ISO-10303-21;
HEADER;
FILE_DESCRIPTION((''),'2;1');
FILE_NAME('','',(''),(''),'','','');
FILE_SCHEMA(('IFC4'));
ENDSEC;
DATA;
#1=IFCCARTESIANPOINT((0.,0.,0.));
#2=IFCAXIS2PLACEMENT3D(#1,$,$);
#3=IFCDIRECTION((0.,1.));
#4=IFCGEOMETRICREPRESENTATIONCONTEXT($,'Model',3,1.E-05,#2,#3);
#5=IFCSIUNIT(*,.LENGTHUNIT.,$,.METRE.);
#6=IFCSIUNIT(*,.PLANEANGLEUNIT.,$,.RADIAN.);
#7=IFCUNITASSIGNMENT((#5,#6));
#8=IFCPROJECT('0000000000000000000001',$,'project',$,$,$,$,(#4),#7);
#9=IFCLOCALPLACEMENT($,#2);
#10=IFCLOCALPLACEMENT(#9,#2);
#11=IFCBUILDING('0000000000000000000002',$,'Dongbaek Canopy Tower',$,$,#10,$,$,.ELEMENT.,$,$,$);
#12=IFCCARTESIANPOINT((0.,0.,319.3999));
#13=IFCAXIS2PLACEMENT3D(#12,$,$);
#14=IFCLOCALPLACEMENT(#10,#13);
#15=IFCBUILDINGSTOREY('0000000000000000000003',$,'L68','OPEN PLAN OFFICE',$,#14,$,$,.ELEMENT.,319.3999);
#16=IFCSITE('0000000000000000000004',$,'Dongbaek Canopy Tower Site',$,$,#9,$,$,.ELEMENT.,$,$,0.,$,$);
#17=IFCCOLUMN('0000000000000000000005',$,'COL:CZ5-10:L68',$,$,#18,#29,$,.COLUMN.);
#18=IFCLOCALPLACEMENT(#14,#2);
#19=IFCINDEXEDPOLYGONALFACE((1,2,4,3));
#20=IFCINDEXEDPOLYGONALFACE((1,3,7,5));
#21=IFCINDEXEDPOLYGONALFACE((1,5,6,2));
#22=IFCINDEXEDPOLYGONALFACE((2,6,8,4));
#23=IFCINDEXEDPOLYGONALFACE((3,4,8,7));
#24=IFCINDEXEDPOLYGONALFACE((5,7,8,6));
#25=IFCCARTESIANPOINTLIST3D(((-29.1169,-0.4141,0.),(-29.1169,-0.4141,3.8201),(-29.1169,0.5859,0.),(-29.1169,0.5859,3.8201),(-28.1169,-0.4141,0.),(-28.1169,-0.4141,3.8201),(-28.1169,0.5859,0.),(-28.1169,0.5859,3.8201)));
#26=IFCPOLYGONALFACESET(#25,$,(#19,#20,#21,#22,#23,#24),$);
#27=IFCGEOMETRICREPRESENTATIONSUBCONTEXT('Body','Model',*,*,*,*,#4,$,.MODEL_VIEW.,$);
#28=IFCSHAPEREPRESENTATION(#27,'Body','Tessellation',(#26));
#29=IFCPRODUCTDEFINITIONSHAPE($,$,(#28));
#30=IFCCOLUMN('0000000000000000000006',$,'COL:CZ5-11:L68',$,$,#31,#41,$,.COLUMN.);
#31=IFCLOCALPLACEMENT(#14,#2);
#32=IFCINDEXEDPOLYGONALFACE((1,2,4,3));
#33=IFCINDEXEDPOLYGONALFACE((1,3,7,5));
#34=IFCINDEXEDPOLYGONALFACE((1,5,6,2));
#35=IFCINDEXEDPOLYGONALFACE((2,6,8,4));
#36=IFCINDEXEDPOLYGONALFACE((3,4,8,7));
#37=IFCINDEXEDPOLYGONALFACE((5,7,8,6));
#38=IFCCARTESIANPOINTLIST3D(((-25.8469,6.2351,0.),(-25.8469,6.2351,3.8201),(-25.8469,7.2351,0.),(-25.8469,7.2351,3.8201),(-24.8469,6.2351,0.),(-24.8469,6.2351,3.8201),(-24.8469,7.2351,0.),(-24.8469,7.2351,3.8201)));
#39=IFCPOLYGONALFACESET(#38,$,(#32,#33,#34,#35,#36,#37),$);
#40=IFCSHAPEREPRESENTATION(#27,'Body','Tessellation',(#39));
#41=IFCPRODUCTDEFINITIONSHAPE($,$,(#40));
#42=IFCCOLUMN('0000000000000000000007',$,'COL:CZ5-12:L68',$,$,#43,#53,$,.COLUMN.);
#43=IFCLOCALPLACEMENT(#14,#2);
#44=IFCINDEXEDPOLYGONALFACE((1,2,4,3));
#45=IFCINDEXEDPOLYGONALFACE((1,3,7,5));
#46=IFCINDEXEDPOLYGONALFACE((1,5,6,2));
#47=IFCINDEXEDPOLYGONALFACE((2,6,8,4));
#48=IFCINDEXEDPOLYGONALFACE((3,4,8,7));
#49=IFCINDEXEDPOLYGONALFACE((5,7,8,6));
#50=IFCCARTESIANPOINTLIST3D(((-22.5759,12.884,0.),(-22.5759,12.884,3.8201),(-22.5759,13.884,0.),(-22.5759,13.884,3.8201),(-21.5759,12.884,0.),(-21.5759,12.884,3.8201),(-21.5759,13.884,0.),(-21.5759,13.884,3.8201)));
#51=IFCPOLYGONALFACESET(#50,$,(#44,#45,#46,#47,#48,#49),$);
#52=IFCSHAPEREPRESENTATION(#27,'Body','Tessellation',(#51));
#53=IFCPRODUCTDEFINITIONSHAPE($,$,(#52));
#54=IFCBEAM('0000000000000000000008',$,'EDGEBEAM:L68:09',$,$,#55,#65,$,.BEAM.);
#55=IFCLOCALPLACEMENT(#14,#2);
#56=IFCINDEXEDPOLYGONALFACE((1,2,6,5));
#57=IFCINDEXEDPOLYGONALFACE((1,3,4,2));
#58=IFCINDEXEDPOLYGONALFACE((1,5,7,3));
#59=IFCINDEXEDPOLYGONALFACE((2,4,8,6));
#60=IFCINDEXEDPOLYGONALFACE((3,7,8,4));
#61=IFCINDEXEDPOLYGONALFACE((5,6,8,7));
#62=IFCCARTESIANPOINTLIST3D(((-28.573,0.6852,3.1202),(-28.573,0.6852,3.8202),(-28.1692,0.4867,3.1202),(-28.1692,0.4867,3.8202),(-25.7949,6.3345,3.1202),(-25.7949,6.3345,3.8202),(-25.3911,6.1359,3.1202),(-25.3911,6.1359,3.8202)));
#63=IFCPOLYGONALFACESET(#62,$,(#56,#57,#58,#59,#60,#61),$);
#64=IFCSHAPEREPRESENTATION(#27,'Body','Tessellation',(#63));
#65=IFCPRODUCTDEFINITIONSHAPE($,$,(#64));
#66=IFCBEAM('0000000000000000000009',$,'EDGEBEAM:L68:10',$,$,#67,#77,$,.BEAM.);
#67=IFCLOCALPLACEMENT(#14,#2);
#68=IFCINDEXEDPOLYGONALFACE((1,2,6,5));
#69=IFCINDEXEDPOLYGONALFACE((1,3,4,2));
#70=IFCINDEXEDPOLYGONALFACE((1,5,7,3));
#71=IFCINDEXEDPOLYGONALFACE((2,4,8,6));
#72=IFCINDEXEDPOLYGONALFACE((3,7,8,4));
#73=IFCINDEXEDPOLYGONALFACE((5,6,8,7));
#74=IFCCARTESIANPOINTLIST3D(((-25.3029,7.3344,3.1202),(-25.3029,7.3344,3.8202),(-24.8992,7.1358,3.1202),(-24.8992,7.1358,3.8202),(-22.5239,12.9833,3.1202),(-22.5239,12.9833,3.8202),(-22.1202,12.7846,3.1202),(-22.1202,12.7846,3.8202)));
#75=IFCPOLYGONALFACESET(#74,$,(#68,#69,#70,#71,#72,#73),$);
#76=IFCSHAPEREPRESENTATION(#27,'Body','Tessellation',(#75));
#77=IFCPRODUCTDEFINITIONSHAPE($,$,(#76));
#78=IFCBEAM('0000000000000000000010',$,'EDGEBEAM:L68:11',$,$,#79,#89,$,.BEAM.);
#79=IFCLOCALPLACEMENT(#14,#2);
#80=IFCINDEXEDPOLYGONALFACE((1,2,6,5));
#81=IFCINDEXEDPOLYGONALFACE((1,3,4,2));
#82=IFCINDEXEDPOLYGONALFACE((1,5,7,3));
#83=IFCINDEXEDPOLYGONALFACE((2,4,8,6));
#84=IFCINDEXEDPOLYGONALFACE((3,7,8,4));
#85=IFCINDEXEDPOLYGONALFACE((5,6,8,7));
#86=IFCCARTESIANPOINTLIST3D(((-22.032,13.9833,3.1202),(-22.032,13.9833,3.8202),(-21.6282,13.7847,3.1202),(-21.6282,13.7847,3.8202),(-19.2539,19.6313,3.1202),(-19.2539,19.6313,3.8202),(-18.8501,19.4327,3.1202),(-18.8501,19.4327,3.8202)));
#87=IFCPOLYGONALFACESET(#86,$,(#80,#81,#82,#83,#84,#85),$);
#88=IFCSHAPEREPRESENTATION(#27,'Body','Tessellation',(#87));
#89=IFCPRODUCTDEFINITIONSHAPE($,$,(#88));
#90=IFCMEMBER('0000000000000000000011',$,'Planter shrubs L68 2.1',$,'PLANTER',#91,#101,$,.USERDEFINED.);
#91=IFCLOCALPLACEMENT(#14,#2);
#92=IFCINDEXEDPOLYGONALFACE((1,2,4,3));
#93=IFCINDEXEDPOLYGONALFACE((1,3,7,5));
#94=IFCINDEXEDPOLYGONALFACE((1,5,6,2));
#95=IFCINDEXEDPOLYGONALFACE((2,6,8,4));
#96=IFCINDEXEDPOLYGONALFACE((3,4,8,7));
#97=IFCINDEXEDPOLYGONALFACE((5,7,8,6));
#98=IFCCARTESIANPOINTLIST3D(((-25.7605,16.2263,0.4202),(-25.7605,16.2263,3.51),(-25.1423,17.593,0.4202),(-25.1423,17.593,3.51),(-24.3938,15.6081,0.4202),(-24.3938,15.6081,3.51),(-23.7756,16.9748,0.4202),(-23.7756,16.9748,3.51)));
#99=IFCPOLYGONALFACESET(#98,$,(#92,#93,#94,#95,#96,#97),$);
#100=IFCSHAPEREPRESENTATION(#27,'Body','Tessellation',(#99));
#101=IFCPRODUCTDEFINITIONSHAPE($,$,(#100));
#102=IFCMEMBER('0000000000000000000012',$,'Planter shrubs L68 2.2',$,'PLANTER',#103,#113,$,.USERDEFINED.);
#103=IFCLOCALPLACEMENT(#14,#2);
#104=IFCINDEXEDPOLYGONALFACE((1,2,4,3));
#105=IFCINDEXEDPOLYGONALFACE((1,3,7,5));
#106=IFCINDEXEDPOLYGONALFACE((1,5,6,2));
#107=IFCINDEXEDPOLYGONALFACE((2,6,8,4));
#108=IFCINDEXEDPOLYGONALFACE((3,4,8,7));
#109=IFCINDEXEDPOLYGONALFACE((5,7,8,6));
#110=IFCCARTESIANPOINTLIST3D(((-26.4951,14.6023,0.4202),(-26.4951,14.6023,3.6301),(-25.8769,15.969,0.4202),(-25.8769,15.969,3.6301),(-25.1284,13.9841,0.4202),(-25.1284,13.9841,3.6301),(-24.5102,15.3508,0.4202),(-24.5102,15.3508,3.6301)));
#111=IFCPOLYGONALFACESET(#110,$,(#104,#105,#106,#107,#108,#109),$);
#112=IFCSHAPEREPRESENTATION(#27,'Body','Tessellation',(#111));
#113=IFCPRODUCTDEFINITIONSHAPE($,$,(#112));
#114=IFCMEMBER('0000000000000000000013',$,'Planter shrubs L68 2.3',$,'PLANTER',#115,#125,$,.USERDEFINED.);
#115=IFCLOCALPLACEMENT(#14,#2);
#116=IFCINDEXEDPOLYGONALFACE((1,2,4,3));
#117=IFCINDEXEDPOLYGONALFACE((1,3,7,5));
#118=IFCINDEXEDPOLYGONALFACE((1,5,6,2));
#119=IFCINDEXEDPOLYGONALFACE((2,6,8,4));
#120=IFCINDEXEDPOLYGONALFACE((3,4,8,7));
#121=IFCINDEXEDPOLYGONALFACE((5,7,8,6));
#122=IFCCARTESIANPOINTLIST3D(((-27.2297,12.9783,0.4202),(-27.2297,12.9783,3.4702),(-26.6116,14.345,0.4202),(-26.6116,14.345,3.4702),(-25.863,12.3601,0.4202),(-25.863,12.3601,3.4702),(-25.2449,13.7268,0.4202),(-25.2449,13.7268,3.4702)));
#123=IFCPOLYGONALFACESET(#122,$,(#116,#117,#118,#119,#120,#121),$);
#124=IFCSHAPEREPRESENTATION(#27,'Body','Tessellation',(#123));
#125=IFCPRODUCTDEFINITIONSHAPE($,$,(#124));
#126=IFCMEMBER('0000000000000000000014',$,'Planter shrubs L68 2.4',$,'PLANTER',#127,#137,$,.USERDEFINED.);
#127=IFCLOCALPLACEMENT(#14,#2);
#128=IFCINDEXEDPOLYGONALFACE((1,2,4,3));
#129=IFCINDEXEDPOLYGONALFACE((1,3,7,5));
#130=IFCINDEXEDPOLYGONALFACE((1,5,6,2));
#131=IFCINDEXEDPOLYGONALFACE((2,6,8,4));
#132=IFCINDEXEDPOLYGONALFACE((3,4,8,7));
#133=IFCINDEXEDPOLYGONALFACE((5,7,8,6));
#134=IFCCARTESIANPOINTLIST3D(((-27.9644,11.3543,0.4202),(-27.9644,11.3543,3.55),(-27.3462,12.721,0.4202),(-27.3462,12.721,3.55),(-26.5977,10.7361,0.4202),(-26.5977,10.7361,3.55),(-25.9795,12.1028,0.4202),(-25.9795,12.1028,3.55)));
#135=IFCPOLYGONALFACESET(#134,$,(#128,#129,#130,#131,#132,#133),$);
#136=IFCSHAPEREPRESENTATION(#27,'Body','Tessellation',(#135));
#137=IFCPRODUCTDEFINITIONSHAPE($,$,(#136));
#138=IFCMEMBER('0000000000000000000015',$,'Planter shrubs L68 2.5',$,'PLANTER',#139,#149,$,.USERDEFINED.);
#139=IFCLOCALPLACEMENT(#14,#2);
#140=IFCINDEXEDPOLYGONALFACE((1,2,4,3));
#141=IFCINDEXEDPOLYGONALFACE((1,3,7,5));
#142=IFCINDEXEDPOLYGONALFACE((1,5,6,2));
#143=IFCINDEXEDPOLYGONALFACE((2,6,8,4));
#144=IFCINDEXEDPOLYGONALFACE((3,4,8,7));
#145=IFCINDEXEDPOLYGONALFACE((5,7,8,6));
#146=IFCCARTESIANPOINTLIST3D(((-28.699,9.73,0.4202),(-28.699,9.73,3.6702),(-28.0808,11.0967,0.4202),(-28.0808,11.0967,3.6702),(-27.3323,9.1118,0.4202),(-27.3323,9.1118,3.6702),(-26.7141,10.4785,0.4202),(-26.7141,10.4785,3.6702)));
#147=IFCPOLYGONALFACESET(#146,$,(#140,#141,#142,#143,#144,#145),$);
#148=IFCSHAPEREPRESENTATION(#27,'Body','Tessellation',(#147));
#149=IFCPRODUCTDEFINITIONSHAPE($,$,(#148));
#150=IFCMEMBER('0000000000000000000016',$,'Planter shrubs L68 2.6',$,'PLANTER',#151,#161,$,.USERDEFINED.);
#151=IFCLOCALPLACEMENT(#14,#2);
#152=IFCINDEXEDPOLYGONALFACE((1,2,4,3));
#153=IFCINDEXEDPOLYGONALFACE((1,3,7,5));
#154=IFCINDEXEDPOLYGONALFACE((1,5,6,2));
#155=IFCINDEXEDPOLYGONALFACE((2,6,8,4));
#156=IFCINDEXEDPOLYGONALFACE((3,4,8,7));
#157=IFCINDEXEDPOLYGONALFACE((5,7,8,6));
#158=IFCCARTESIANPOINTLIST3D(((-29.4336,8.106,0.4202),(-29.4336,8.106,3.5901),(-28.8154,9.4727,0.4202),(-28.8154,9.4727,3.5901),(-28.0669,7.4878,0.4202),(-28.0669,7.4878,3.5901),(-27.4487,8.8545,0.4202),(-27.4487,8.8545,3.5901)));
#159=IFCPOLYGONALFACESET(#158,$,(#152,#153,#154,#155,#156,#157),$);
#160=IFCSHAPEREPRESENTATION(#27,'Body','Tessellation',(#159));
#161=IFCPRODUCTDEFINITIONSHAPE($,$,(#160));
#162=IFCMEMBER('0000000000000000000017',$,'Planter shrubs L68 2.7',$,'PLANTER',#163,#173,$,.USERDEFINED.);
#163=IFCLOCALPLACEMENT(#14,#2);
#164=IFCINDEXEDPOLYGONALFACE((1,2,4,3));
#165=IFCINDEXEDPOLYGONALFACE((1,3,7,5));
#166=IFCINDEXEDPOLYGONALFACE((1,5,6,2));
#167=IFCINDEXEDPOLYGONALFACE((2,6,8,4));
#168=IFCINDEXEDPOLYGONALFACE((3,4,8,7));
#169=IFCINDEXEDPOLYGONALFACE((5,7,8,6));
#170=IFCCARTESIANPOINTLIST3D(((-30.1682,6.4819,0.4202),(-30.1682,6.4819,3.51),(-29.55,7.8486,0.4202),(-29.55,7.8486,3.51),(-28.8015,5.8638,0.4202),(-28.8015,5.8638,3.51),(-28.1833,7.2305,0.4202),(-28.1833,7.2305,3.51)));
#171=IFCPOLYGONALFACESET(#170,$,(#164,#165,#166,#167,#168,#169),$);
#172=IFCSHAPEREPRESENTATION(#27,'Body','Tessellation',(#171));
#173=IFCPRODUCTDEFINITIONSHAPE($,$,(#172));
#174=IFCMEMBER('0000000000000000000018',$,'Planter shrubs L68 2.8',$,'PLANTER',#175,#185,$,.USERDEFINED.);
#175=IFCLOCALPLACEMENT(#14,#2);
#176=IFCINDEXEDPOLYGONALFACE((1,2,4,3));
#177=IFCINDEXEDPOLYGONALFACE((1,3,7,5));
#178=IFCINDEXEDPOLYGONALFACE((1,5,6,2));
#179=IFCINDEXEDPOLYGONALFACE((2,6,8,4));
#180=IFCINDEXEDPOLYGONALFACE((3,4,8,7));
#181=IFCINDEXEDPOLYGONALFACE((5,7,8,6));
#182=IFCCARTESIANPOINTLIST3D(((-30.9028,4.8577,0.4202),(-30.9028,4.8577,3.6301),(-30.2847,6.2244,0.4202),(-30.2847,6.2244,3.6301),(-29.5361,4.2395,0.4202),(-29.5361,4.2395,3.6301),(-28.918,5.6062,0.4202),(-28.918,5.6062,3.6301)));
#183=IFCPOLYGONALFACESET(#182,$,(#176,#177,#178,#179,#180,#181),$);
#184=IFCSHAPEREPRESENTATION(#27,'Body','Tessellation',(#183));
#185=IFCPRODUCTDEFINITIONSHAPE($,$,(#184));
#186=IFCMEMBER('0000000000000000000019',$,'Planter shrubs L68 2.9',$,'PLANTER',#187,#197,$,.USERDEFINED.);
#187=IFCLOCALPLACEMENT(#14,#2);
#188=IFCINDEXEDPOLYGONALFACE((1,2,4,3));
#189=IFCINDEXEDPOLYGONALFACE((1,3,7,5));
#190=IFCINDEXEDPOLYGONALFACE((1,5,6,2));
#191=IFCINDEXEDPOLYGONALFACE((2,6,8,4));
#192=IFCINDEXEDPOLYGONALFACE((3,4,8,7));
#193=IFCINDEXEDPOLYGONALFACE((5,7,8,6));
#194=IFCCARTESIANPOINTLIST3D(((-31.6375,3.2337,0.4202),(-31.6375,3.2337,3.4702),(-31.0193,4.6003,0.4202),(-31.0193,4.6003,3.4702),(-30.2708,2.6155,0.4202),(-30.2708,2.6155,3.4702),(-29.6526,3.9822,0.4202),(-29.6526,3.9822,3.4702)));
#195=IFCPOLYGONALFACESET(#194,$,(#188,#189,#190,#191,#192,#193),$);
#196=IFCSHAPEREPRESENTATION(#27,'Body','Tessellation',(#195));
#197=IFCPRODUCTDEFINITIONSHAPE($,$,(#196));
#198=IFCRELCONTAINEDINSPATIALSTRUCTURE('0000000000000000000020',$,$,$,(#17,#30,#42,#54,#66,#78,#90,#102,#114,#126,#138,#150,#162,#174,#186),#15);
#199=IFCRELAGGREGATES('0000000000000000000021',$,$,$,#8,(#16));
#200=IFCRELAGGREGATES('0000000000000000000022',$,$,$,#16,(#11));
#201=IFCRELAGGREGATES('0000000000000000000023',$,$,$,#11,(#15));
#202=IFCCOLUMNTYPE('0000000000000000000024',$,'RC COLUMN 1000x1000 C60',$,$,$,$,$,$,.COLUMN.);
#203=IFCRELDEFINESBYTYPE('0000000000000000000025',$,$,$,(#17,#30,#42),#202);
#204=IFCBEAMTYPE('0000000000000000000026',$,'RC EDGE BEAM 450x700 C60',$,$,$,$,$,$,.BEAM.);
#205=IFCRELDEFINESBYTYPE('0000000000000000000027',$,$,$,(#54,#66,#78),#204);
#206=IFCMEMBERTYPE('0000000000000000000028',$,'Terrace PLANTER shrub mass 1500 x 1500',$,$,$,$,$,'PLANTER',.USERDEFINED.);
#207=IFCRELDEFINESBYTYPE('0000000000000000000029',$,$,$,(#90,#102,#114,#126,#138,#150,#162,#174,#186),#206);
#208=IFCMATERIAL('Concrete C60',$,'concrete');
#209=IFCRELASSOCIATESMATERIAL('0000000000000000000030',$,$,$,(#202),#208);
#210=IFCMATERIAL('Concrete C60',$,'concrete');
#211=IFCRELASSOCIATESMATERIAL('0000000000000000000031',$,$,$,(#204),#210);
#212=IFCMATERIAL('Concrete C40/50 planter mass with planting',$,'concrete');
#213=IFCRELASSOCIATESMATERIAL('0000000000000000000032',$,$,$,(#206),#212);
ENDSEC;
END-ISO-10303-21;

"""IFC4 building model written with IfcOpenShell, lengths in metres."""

from ifc_helpers import new_model, si_unit, direction, frame, origin, origin_2d, place, context, subcontext, project, spatial, rectangle, extrude, material, material_profile, profile_set, type_object, element, save


model = new_model("IFC4")

# Units and contexts
model_context = context("Model", 3, precision=1e-05, world=origin(), true_north=direction((0.0, 1.0)))
body_context = subcontext(model_context, "Body", "Model", "MODEL_VIEW")
ifc_project = project(units=[si_unit("LENGTHUNIT", "METRE"), si_unit("PLANEANGLEUNIT", "RADIAN")], contexts=[model_context])

# Site, building, storey
site_placement = place(None, origin())
site = spatial("IfcSite", under=ifc_project, at=site_placement, Name="Dongbaek Canopy Tower Site", CompositionType="ELEMENT", RefElevation=0.0)
building_placement = place(site_placement, origin())
building = spatial("IfcBuilding", under=site, at=building_placement, Name="Dongbaek Canopy Tower", CompositionType="ELEMENT")
storey_placement = place(building_placement, frame((0.0, 0.0, 319.3999)))
storey = spatial("IfcBuildingStorey", under=building, at=storey_placement, Name="L68", Description="OPEN PLAN OFFICE", CompositionType="ELEMENT", Elevation=319.3999)

# Columns
ifc_material_1 = material(Name="Concrete C60", Category="concrete")
ifc_material_profile_1 = material_profile(ifc_material_1, rectangle(XDim=1.0, YDim=1.0, at=origin_2d()), Name="RC COLUMN 1000x1000 C60")
ifc_profile_set_1 = profile_set([ifc_material_profile_1], Name="Concrete C60")
column_type = type_object("IfcColumnType", Name="RC COLUMN 1000x1000 C60", PredefinedType="COLUMN", material=ifc_profile_set_1)
for number, where, z_axis, x_axis, name in (
    (1, (-28.6169, 0.0859, 0.0), (0.0, 0.0, 1.0), (1.0, 0.0, 0.0), "COL:CZ5-10:L68"),
    (2, (-25.3469, 6.7351, 0.0), (0.0, 0.0, 1.0), (1.0, 0.0, 0.0), "COL:CZ5-11:L68"),
    (3, (-22.0759, 13.384, 0.0), (0.0, 0.0, 1.0), (1.0, 0.0, 0.0), "COL:CZ5-12:L68"),
):
    element("IfcColumn", number, at=place(storey_placement, frame(where, z_axis=z_axis, x_axis=x_axis)), inside=storey, type_object=column_type, Name=name, PredefinedType="COLUMN", context=body_context, shape_type="SweptSolid", body=[
        extrude(rectangle(XDim=1.0, YDim=1.0, at=origin_2d()), origin(), (0.0, 0.0, 1.0), 3.8201),
    ])

# Beams
ifc_material_2 = material(Name="Concrete C60", Category="concrete")
ifc_material_profile_2 = material_profile(ifc_material_2, rectangle(XDim=0.45, YDim=0.7, at=origin_2d()), Name="RC EDGE BEAM 450x700 C60")
ifc_profile_set_2 = profile_set([ifc_material_profile_2], Name="Concrete C60")
beam_type = type_object("IfcBeamType", Name="RC EDGE BEAM 450x700 C60", PredefinedType="BEAM", material=ifc_profile_set_2)
for number, where, z_axis, x_axis, name in (
    (4, (-28.3711, 0.5859, 3.4702), (0.441294, 0.897363, 0.0), (-0.897363, 0.441294, 0.0), "EDGEBEAM:L68:09"),
    (5, (-25.1011, 7.2351, 3.4702), (0.441434, 0.897294, 0.0), (-0.897294, 0.441434, 0.0), "EDGEBEAM:L68:10"),
):
    element("IfcBeam", number, at=place(storey_placement, frame(where, z_axis=z_axis, x_axis=x_axis)), inside=storey, type_object=beam_type, Name=name, PredefinedType="BEAM", context=body_context, shape_type="SweptSolid", body=[
        extrude(rectangle(XDim=0.45, YDim=0.7, at=origin_2d()), origin(), (0.0, 0.0, 1.0), 6.2954),
    ])
beam_placement = place(storey_placement, frame((-21.8301, 13.884, 3.4702), z_axis=(0.44137, 0.897325, 0.0), x_axis=(-0.897325, 0.44137, 0.0)))
element("IfcBeam", 6, at=beam_placement, inside=storey, type_object=beam_type, Name="EDGEBEAM:L68:11", PredefinedType="BEAM", context=body_context, shape_type="SweptSolid", body=[
    extrude(rectangle(XDim=0.45, YDim=0.7, at=origin_2d()), origin(), (0.0, 0.0, 1.0), 6.2942),
])

# Members
ifc_material_3 = material(Name="Concrete C40/50 planter mass with planting", Category="concrete")
ifc_material_profile_3 = material_profile(ifc_material_3, rectangle(XDim=1.5, YDim=1.5, at=origin_2d()), Name="Terrace PLANTER shrub mass 1500 x 1500")
ifc_profile_set_3 = profile_set([ifc_material_profile_3], Name="Concrete C40/50 planter mass with planting")
member_type = type_object("IfcMemberType", Name="Terrace PLANTER shrub mass 1500 x 1500", ElementType="PLANTER", PredefinedType="USERDEFINED", material=ifc_profile_set_3)
member_1_placement = place(storey_placement, frame((-24.7681, 16.6006, 0.4202), z_axis=(0.0, 0.0, 1.0), x_axis=(-0.911129, 0.412122, 0.0)))
element("IfcMember", 7, at=member_1_placement, inside=storey, type_object=member_type, Name="Planter shrubs L68 2.1", ObjectType="PLANTER", PredefinedType="USERDEFINED", context=body_context, shape_type="SweptSolid", body=[
    extrude(rectangle(XDim=1.5, YDim=1.5, at=origin_2d()), origin(), (0.0, 0.0, 1.0), 3.0898),
])
member_2_placement = place(storey_placement, frame((-25.5027, 14.9766, 0.4202), z_axis=(0.0, 0.0, 1.0), x_axis=(-0.911129, 0.412122, 0.0)))
element("IfcMember", 8, at=member_2_placement, inside=storey, type_object=member_type, Name="Planter shrubs L68 2.2", ObjectType="PLANTER", PredefinedType="USERDEFINED", context=body_context, shape_type="SweptSolid", body=[
    extrude(rectangle(XDim=1.5, YDim=1.5, at=origin_2d()), origin(), (0.0, 0.0, 1.0), 3.21),
])
member_3_placement = place(storey_placement, frame((-26.2373, 13.3525, 0.4202), z_axis=(0.0, 0.0, 1.0), x_axis=(-0.911129, 0.412122, 0.0)))
element("IfcMember", 9, at=member_3_placement, inside=storey, type_object=member_type, Name="Planter shrubs L68 2.3", ObjectType="PLANTER", PredefinedType="USERDEFINED", context=body_context, shape_type="SweptSolid", body=[
    extrude(rectangle(XDim=1.5, YDim=1.5, at=origin_2d()), origin(), (0.0, 0.0, 1.0), 3.05),
])
member_4_placement = place(storey_placement, frame((-26.9719, 11.7285, 0.4202), z_axis=(0.0, 0.0, 1.0), x_axis=(-0.911129, 0.412122, 0.0)))
element("IfcMember", 10, at=member_4_placement, inside=storey, type_object=member_type, Name="Planter shrubs L68 2.4", ObjectType="PLANTER", PredefinedType="USERDEFINED", context=body_context, shape_type="SweptSolid", body=[
    extrude(rectangle(XDim=1.5, YDim=1.5, at=origin_2d()), origin(), (0.0, 0.0, 1.0), 3.1299),
])
member_5_placement = place(storey_placement, frame((-27.7065, 10.1042, 0.4202), z_axis=(0.0, 0.0, 1.0), x_axis=(-0.911129, 0.412122, 0.0)))
element("IfcMember", 11, at=member_5_placement, inside=storey, type_object=member_type, Name="Planter shrubs L68 2.5", ObjectType="PLANTER", PredefinedType="USERDEFINED", context=body_context, shape_type="SweptSolid", body=[
    extrude(rectangle(XDim=1.5, YDim=1.5, at=origin_2d()), origin(), (0.0, 0.0, 1.0), 3.25),
])
member_6_placement = place(storey_placement, frame((-28.4412, 8.4802, 0.4202), z_axis=(0.0, 0.0, 1.0), x_axis=(-0.911129, 0.412122, 0.0)))
element("IfcMember", 12, at=member_6_placement, inside=storey, type_object=member_type, Name="Planter shrubs L68 2.6", ObjectType="PLANTER", PredefinedType="USERDEFINED", context=body_context, shape_type="SweptSolid", body=[
    extrude(rectangle(XDim=1.5, YDim=1.5, at=origin_2d()), origin(), (0.0, 0.0, 1.0), 3.1699),
])
member_7_placement = place(storey_placement, frame((-29.1758, 6.8562, 0.4202), z_axis=(0.0, 0.0, 1.0), x_axis=(-0.911129, 0.412122, 0.0)))
element("IfcMember", 13, at=member_7_placement, inside=storey, type_object=member_type, Name="Planter shrubs L68 2.7", ObjectType="PLANTER", PredefinedType="USERDEFINED", context=body_context, shape_type="SweptSolid", body=[
    extrude(rectangle(XDim=1.5, YDim=1.5, at=origin_2d()), origin(), (0.0, 0.0, 1.0), 3.0898),
])
member_8_placement = place(storey_placement, frame((-29.9104, 5.2319, 0.4202), z_axis=(0.0, 0.0, 1.0), x_axis=(-0.911129, 0.412122, 0.0)))
element("IfcMember", 14, at=member_8_placement, inside=storey, type_object=member_type, Name="Planter shrubs L68 2.8", ObjectType="PLANTER", PredefinedType="USERDEFINED", context=body_context, shape_type="SweptSolid", body=[
    extrude(rectangle(XDim=1.5, YDim=1.5, at=origin_2d()), origin(), (0.0, 0.0, 1.0), 3.21),
])
member_9_placement = place(storey_placement, frame((-30.645, 3.6079, 0.4202), z_axis=(0.0, 0.0, 1.0), x_axis=(-0.911129, 0.412122, 0.0)))
element("IfcMember", 15, at=member_9_placement, inside=storey, type_object=member_type, Name="Planter shrubs L68 2.9", ObjectType="PLANTER", PredefinedType="USERDEFINED", context=body_context, shape_type="SweptSolid", body=[
    extrude(rectangle(XDim=1.5, YDim=1.5, at=origin_2d()), origin(), (0.0, 0.0, 1.0), 3.05),
])

save(model, "model.ifc")
